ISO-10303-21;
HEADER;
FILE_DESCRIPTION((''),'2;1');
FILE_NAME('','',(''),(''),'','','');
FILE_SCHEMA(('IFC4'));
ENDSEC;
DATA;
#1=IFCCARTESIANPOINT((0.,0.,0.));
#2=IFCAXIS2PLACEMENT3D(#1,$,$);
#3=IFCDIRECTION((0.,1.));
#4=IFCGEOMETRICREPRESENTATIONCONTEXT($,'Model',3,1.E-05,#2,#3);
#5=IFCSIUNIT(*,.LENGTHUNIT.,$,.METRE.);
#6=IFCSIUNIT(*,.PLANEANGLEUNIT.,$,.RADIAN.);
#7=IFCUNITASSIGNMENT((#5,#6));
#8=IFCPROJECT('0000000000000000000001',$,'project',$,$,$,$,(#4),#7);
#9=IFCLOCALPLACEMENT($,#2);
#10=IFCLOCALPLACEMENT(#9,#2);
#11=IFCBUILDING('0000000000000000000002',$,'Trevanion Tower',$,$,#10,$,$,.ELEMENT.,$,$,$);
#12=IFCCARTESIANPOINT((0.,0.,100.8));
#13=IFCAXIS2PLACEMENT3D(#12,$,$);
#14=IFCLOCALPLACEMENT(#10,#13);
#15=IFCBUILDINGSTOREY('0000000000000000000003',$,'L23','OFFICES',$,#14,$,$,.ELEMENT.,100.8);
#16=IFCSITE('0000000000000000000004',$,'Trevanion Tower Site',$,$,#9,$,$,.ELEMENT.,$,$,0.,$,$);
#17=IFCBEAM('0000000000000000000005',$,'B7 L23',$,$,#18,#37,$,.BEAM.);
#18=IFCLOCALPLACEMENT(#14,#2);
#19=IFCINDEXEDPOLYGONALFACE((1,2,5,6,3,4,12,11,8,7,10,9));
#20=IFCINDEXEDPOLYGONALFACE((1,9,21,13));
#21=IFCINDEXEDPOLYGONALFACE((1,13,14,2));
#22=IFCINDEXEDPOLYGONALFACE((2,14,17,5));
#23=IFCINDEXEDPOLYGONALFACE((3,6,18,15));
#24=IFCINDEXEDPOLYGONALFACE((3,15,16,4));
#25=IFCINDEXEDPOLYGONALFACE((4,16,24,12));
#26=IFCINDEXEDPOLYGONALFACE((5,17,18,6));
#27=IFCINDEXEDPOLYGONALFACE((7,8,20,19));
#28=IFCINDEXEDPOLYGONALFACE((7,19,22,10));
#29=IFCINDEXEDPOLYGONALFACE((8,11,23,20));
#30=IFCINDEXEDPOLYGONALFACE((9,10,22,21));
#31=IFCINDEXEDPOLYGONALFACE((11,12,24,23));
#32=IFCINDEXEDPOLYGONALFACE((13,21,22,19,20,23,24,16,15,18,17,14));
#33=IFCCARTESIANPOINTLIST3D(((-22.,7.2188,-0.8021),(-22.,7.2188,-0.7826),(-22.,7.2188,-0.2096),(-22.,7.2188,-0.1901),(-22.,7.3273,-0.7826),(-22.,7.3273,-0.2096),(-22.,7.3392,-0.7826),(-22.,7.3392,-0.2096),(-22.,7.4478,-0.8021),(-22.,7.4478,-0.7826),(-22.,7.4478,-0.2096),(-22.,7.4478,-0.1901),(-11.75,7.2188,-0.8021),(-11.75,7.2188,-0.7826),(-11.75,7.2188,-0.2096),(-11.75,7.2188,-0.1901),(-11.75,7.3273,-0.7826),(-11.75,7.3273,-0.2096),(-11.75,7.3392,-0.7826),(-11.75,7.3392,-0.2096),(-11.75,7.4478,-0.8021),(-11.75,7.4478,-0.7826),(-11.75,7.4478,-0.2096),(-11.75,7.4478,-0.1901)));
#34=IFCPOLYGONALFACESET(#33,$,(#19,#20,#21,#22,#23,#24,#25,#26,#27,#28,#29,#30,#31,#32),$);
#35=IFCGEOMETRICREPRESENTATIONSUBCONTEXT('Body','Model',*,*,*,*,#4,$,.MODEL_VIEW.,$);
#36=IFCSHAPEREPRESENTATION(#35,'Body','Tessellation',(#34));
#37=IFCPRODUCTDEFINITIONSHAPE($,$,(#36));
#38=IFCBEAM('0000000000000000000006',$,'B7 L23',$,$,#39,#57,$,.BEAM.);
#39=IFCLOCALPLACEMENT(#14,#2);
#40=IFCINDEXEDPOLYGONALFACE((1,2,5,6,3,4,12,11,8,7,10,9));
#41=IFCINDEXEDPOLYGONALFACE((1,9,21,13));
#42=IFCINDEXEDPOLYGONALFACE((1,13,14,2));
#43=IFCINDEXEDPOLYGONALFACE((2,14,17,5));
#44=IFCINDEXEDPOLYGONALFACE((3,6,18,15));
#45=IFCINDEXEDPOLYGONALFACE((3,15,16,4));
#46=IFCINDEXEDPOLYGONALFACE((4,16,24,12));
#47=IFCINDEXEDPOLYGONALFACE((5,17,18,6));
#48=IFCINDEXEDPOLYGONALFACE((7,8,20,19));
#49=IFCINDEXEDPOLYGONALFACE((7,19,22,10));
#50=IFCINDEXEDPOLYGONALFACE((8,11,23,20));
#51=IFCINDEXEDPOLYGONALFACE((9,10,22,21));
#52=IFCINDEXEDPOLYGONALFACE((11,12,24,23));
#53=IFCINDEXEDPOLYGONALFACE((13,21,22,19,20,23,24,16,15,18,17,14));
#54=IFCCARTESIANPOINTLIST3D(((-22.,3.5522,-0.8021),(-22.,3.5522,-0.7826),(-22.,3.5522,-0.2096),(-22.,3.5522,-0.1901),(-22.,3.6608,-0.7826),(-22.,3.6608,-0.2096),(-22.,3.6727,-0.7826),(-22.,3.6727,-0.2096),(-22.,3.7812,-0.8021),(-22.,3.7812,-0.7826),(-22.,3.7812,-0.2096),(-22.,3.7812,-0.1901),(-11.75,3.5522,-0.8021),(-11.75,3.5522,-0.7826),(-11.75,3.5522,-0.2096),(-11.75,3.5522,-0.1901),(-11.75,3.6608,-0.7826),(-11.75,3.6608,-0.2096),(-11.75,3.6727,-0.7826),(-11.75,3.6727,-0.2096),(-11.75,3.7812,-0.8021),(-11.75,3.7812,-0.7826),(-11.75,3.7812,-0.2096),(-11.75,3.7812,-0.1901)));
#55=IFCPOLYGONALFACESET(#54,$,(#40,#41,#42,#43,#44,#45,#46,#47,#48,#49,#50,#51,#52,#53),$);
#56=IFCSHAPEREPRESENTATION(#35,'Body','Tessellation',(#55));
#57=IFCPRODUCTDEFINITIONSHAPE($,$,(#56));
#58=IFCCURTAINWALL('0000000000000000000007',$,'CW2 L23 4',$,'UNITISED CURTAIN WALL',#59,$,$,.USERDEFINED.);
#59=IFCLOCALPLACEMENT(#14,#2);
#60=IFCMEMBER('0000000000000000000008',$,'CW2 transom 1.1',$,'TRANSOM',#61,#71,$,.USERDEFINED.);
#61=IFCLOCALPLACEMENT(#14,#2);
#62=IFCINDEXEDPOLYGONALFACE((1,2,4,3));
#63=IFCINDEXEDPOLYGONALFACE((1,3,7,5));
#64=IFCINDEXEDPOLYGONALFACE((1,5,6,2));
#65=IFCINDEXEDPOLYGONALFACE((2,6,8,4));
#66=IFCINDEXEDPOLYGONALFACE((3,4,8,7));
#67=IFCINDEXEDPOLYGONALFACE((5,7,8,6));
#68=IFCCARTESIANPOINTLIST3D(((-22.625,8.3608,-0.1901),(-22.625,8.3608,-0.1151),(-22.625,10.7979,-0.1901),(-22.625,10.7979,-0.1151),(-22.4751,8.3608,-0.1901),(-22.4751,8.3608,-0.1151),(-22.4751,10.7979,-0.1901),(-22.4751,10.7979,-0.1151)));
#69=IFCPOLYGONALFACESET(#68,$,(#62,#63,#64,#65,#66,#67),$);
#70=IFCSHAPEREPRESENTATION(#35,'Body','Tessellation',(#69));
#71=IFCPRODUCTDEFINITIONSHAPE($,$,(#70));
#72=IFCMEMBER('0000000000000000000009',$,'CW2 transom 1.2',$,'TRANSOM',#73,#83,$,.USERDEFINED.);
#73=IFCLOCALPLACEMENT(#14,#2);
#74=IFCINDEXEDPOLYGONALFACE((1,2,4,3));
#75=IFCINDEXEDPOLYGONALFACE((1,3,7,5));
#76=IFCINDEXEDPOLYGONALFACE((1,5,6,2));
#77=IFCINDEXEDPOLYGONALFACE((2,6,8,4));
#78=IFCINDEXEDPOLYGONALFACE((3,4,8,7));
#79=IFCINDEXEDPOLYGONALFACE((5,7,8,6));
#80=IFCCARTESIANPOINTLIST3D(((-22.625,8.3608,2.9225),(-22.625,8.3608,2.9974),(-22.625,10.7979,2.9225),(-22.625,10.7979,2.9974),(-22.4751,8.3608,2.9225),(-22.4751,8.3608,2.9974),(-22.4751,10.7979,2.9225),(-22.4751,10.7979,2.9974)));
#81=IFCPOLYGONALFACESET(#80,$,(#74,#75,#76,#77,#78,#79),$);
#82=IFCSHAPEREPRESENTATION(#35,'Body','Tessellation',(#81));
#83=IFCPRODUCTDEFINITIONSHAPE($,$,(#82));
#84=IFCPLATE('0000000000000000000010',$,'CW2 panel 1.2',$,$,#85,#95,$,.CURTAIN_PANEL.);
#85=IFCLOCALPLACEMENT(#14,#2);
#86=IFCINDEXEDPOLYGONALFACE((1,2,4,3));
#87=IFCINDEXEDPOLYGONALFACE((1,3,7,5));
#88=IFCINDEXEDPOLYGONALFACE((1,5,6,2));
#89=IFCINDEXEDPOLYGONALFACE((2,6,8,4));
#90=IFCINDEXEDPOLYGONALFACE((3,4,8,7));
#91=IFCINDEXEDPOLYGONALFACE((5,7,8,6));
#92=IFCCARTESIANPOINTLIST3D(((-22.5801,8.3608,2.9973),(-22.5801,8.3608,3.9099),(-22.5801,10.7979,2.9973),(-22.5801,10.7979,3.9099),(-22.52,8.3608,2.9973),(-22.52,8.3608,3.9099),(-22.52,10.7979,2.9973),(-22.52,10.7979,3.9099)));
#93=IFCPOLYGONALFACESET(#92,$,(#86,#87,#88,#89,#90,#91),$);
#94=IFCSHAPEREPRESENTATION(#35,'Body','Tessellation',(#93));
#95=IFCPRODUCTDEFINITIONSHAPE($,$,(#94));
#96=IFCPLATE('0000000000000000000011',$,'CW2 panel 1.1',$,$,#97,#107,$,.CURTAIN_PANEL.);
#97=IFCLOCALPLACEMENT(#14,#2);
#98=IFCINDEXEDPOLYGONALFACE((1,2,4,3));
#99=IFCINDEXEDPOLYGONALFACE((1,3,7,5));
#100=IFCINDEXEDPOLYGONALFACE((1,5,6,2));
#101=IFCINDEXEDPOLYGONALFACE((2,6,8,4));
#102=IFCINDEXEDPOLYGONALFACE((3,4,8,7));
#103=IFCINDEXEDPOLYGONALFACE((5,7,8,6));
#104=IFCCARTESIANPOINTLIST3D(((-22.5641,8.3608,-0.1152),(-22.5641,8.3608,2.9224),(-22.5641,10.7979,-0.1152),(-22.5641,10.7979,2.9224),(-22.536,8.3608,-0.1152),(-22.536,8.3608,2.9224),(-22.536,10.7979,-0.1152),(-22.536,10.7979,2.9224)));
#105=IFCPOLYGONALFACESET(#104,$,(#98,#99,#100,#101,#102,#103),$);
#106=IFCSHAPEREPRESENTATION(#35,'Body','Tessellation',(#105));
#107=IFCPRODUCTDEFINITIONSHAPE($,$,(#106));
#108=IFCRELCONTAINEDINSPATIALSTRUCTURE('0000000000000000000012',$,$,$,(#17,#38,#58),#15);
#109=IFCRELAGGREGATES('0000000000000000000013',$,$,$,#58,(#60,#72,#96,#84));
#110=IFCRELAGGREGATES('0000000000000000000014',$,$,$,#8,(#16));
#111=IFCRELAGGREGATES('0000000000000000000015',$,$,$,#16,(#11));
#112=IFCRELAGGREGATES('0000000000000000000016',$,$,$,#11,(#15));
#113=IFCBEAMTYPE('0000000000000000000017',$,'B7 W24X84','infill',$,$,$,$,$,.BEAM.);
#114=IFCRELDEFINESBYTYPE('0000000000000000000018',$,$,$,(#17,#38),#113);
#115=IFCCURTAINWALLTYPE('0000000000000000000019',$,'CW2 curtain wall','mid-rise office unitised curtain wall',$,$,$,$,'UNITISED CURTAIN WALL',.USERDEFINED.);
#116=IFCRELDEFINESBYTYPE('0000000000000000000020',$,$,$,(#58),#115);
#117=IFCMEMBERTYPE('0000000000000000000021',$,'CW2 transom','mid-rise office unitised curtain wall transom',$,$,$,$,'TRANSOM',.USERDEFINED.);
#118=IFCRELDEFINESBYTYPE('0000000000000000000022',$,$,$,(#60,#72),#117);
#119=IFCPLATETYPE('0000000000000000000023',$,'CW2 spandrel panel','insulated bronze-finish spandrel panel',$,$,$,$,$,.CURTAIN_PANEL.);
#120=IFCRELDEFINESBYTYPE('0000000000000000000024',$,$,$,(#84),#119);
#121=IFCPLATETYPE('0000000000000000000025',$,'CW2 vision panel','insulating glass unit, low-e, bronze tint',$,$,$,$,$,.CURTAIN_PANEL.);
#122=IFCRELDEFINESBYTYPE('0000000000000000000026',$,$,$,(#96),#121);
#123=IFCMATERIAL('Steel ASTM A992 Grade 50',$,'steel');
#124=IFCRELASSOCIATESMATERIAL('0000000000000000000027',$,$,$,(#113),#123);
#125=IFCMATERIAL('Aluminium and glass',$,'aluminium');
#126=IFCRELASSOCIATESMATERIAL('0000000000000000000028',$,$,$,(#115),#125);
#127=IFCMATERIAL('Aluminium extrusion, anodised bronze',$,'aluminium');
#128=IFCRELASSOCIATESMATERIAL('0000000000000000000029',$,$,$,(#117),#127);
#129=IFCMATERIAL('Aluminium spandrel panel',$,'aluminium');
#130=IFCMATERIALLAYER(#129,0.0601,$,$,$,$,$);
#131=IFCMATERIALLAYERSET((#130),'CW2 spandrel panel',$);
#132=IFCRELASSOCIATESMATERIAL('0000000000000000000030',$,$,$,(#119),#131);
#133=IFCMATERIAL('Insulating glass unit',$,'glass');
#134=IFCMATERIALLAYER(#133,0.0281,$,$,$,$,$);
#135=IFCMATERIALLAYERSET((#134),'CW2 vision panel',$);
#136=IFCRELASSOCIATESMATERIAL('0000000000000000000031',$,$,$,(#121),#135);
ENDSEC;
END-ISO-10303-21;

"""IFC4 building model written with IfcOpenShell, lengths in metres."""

from ifc_helpers import new_model, si_unit, direction, frame, origin, origin_2d, place, context, subcontext, project, spatial, rectangle, i_section, extrude, material, layer, layer_set, material_profile, profile_set, type_object, element, aggregate, save


model = new_model("IFC4")

# Units and contexts
model_context = context("Model", 3, precision=1e-05, world=origin(), true_north=direction((0.0, 1.0)))
body_context = subcontext(model_context, "Body", "Model", "MODEL_VIEW")
ifc_project = project(units=[si_unit("LENGTHUNIT", "METRE"), si_unit("PLANEANGLEUNIT", "RADIAN")], contexts=[model_context])

# Site, building, storey
site_placement = place(None, origin())
site = spatial("IfcSite", under=ifc_project, at=site_placement, Name="Trevanion Tower Site", CompositionType="ELEMENT", RefElevation=0.0)
building_placement = place(site_placement, origin())
building = spatial("IfcBuilding", under=site, at=building_placement, Name="Trevanion Tower", CompositionType="ELEMENT")
storey_placement = place(building_placement, frame((0.0, 0.0, 100.8)))
storey = spatial("IfcBuildingStorey", under=building, at=storey_placement, Name="L23", Description="OFFICES", CompositionType="ELEMENT", Elevation=100.8)

# Beams
ifc_material_1 = material(Name="Steel ASTM A992 Grade 50", Category="steel")
ifc_material_profile_1 = material_profile(ifc_material_1, i_section(OverallWidth=0.229, OverallDepth=0.6121, WebThickness=0.012, FlangeThickness=0.0195, at=origin_2d()), Name="W24X84")
ifc_profile_set_1 = profile_set([ifc_material_profile_1], Name="Steel ASTM A992 Grade 50")
beam_type = type_object("IfcBeamType", Name="B7 W24X84", Description="infill", PredefinedType="BEAM", material=ifc_profile_set_1)
for number, where, z_axis, x_axis, name in (
    (1, (-11.75, 7.3333, -0.4961), (-1.0, 0.0, 0.0), (0.0, -1.0, 0.0), "B7 L23"),
    (2, (-11.75, 3.6667, -0.4961), (-1.0, 0.0, 0.0), (0.0, -1.0, 0.0), "B7 L23"),
):
    element("IfcBeam", number, at=place(storey_placement, frame(where, z_axis=z_axis, x_axis=x_axis)), inside=storey, type_object=beam_type, Name=name, PredefinedType="BEAM", context=body_context, shape_type="SweptSolid", body=[
        extrude(i_section(OverallWidth=0.229, OverallDepth=0.6121, WebThickness=0.012, FlangeThickness=0.0195, at=origin_2d()), origin(), (0.0, 0.0, 1.0), 10.25),
    ])

# Curtain wall, members, plates
ifc_material_2 = material(Name="Aluminium and glass", Category="aluminium")
curtain_wall_type = type_object("IfcCurtainWallType", Name="CW2 curtain wall", Description="mid-rise office unitised curtain wall", ElementType="UNITISED CURTAIN WALL", PredefinedType="USERDEFINED", material=ifc_material_2)
curtain_wall_placement = place(storey_placement, origin())
curtain_wall = element("IfcCurtainWall", 3, at=curtain_wall_placement, inside=storey, type_object=curtain_wall_type, Name="CW2 L23 4", ObjectType="UNITISED CURTAIN WALL", PredefinedType="USERDEFINED")
ifc_material_3 = material(Name="Aluminium extrusion, anodised bronze", Category="aluminium")
ifc_material_profile_2 = material_profile(ifc_material_3, rectangle(XDim=0.1499, YDim=0.075, at=origin_2d()), Name="CW2 transom")
ifc_profile_set_2 = profile_set([ifc_material_profile_2], Name="Aluminium extrusion, anodised bronze")
member_type = type_object("IfcMemberType", Name="CW2 transom", Description="mid-rise office unitised curtain wall transom", ElementType="TRANSOM", PredefinedType="USERDEFINED", material=ifc_profile_set_2)
member_1_placement = place(storey_placement, frame((-22.55, 10.7979, -0.1526), z_axis=(0.0, -1.0, 0.0), x_axis=(1.0, 0.0, 0.0)))
member_1 = element("IfcMember", 4, at=member_1_placement, type_object=member_type, Name="CW2 transom 1.1", ObjectType="TRANSOM", PredefinedType="USERDEFINED", context=body_context, shape_type="SweptSolid", body=[
    extrude(rectangle(XDim=0.1499, YDim=0.075, at=origin_2d()), origin(), (0.0, 0.0, 1.0), 2.437),
])
member_2_placement = place(storey_placement, frame((-22.55, 10.7979, 2.96), z_axis=(0.0, -1.0, 0.0), x_axis=(1.0, 0.0, 0.0)))
member_2 = element("IfcMember", 5, at=member_2_placement, type_object=member_type, Name="CW2 transom 1.2", ObjectType="TRANSOM", PredefinedType="USERDEFINED", context=body_context, shape_type="SweptSolid", body=[
    extrude(rectangle(XDim=0.1499, YDim=0.075, at=origin_2d()), origin(), (0.0, 0.0, 1.0), 2.437),
])
ifc_material_4 = material(Name="Aluminium spandrel panel", Category="aluminium")
ifc_layer_1 = layer(ifc_material_4, 0.0601)
ifc_layer_set_1 = layer_set([ifc_layer_1], Name="CW2 spandrel panel")
plate_type_1 = type_object("IfcPlateType", Name="CW2 spandrel panel", Description="insulated bronze-finish spandrel panel", PredefinedType="CURTAIN_PANEL", material=ifc_layer_set_1)
plate_1_placement = place(storey_placement, frame((-22.55, 9.5793, 2.9973), z_axis=(0.0, 0.0, 1.0), x_axis=(0.0, -1.0, 0.0)))
plate_1 = element("IfcPlate", 6, at=plate_1_placement, type_object=plate_type_1, Name="CW2 panel 1.2", PredefinedType="CURTAIN_PANEL", context=body_context, shape_type="SweptSolid", body=[
    extrude(rectangle(XDim=2.437, YDim=0.0601, at=origin_2d()), origin(), (0.0, 0.0, 1.0), 0.9126),
])
ifc_material_5 = material(Name="Insulating glass unit", Category="glass")
ifc_layer_2 = layer(ifc_material_5, 0.0281)
ifc_layer_set_2 = layer_set([ifc_layer_2], Name="CW2 vision panel")
plate_type_2 = type_object("IfcPlateType", Name="CW2 vision panel", Description="insulating glass unit, low-e, bronze tint", PredefinedType="CURTAIN_PANEL", material=ifc_layer_set_2)
plate_2_placement = place(storey_placement, frame((-22.55, 9.5793, -0.1152), z_axis=(0.0, 0.0, 1.0), x_axis=(0.0, -1.0, 0.0)))
plate_2 = element("IfcPlate", 7, at=plate_2_placement, type_object=plate_type_2, Name="CW2 panel 1.1", PredefinedType="CURTAIN_PANEL", context=body_context, shape_type="SweptSolid", body=[
    extrude(rectangle(XDim=2.437, YDim=0.0281, at=origin_2d()), origin(), (0.0, 0.0, 1.0), 3.0376),
])
aggregate(curtain_wall, [member_1, member_2, plate_2, plate_1])

save(model, "model.ifc")
